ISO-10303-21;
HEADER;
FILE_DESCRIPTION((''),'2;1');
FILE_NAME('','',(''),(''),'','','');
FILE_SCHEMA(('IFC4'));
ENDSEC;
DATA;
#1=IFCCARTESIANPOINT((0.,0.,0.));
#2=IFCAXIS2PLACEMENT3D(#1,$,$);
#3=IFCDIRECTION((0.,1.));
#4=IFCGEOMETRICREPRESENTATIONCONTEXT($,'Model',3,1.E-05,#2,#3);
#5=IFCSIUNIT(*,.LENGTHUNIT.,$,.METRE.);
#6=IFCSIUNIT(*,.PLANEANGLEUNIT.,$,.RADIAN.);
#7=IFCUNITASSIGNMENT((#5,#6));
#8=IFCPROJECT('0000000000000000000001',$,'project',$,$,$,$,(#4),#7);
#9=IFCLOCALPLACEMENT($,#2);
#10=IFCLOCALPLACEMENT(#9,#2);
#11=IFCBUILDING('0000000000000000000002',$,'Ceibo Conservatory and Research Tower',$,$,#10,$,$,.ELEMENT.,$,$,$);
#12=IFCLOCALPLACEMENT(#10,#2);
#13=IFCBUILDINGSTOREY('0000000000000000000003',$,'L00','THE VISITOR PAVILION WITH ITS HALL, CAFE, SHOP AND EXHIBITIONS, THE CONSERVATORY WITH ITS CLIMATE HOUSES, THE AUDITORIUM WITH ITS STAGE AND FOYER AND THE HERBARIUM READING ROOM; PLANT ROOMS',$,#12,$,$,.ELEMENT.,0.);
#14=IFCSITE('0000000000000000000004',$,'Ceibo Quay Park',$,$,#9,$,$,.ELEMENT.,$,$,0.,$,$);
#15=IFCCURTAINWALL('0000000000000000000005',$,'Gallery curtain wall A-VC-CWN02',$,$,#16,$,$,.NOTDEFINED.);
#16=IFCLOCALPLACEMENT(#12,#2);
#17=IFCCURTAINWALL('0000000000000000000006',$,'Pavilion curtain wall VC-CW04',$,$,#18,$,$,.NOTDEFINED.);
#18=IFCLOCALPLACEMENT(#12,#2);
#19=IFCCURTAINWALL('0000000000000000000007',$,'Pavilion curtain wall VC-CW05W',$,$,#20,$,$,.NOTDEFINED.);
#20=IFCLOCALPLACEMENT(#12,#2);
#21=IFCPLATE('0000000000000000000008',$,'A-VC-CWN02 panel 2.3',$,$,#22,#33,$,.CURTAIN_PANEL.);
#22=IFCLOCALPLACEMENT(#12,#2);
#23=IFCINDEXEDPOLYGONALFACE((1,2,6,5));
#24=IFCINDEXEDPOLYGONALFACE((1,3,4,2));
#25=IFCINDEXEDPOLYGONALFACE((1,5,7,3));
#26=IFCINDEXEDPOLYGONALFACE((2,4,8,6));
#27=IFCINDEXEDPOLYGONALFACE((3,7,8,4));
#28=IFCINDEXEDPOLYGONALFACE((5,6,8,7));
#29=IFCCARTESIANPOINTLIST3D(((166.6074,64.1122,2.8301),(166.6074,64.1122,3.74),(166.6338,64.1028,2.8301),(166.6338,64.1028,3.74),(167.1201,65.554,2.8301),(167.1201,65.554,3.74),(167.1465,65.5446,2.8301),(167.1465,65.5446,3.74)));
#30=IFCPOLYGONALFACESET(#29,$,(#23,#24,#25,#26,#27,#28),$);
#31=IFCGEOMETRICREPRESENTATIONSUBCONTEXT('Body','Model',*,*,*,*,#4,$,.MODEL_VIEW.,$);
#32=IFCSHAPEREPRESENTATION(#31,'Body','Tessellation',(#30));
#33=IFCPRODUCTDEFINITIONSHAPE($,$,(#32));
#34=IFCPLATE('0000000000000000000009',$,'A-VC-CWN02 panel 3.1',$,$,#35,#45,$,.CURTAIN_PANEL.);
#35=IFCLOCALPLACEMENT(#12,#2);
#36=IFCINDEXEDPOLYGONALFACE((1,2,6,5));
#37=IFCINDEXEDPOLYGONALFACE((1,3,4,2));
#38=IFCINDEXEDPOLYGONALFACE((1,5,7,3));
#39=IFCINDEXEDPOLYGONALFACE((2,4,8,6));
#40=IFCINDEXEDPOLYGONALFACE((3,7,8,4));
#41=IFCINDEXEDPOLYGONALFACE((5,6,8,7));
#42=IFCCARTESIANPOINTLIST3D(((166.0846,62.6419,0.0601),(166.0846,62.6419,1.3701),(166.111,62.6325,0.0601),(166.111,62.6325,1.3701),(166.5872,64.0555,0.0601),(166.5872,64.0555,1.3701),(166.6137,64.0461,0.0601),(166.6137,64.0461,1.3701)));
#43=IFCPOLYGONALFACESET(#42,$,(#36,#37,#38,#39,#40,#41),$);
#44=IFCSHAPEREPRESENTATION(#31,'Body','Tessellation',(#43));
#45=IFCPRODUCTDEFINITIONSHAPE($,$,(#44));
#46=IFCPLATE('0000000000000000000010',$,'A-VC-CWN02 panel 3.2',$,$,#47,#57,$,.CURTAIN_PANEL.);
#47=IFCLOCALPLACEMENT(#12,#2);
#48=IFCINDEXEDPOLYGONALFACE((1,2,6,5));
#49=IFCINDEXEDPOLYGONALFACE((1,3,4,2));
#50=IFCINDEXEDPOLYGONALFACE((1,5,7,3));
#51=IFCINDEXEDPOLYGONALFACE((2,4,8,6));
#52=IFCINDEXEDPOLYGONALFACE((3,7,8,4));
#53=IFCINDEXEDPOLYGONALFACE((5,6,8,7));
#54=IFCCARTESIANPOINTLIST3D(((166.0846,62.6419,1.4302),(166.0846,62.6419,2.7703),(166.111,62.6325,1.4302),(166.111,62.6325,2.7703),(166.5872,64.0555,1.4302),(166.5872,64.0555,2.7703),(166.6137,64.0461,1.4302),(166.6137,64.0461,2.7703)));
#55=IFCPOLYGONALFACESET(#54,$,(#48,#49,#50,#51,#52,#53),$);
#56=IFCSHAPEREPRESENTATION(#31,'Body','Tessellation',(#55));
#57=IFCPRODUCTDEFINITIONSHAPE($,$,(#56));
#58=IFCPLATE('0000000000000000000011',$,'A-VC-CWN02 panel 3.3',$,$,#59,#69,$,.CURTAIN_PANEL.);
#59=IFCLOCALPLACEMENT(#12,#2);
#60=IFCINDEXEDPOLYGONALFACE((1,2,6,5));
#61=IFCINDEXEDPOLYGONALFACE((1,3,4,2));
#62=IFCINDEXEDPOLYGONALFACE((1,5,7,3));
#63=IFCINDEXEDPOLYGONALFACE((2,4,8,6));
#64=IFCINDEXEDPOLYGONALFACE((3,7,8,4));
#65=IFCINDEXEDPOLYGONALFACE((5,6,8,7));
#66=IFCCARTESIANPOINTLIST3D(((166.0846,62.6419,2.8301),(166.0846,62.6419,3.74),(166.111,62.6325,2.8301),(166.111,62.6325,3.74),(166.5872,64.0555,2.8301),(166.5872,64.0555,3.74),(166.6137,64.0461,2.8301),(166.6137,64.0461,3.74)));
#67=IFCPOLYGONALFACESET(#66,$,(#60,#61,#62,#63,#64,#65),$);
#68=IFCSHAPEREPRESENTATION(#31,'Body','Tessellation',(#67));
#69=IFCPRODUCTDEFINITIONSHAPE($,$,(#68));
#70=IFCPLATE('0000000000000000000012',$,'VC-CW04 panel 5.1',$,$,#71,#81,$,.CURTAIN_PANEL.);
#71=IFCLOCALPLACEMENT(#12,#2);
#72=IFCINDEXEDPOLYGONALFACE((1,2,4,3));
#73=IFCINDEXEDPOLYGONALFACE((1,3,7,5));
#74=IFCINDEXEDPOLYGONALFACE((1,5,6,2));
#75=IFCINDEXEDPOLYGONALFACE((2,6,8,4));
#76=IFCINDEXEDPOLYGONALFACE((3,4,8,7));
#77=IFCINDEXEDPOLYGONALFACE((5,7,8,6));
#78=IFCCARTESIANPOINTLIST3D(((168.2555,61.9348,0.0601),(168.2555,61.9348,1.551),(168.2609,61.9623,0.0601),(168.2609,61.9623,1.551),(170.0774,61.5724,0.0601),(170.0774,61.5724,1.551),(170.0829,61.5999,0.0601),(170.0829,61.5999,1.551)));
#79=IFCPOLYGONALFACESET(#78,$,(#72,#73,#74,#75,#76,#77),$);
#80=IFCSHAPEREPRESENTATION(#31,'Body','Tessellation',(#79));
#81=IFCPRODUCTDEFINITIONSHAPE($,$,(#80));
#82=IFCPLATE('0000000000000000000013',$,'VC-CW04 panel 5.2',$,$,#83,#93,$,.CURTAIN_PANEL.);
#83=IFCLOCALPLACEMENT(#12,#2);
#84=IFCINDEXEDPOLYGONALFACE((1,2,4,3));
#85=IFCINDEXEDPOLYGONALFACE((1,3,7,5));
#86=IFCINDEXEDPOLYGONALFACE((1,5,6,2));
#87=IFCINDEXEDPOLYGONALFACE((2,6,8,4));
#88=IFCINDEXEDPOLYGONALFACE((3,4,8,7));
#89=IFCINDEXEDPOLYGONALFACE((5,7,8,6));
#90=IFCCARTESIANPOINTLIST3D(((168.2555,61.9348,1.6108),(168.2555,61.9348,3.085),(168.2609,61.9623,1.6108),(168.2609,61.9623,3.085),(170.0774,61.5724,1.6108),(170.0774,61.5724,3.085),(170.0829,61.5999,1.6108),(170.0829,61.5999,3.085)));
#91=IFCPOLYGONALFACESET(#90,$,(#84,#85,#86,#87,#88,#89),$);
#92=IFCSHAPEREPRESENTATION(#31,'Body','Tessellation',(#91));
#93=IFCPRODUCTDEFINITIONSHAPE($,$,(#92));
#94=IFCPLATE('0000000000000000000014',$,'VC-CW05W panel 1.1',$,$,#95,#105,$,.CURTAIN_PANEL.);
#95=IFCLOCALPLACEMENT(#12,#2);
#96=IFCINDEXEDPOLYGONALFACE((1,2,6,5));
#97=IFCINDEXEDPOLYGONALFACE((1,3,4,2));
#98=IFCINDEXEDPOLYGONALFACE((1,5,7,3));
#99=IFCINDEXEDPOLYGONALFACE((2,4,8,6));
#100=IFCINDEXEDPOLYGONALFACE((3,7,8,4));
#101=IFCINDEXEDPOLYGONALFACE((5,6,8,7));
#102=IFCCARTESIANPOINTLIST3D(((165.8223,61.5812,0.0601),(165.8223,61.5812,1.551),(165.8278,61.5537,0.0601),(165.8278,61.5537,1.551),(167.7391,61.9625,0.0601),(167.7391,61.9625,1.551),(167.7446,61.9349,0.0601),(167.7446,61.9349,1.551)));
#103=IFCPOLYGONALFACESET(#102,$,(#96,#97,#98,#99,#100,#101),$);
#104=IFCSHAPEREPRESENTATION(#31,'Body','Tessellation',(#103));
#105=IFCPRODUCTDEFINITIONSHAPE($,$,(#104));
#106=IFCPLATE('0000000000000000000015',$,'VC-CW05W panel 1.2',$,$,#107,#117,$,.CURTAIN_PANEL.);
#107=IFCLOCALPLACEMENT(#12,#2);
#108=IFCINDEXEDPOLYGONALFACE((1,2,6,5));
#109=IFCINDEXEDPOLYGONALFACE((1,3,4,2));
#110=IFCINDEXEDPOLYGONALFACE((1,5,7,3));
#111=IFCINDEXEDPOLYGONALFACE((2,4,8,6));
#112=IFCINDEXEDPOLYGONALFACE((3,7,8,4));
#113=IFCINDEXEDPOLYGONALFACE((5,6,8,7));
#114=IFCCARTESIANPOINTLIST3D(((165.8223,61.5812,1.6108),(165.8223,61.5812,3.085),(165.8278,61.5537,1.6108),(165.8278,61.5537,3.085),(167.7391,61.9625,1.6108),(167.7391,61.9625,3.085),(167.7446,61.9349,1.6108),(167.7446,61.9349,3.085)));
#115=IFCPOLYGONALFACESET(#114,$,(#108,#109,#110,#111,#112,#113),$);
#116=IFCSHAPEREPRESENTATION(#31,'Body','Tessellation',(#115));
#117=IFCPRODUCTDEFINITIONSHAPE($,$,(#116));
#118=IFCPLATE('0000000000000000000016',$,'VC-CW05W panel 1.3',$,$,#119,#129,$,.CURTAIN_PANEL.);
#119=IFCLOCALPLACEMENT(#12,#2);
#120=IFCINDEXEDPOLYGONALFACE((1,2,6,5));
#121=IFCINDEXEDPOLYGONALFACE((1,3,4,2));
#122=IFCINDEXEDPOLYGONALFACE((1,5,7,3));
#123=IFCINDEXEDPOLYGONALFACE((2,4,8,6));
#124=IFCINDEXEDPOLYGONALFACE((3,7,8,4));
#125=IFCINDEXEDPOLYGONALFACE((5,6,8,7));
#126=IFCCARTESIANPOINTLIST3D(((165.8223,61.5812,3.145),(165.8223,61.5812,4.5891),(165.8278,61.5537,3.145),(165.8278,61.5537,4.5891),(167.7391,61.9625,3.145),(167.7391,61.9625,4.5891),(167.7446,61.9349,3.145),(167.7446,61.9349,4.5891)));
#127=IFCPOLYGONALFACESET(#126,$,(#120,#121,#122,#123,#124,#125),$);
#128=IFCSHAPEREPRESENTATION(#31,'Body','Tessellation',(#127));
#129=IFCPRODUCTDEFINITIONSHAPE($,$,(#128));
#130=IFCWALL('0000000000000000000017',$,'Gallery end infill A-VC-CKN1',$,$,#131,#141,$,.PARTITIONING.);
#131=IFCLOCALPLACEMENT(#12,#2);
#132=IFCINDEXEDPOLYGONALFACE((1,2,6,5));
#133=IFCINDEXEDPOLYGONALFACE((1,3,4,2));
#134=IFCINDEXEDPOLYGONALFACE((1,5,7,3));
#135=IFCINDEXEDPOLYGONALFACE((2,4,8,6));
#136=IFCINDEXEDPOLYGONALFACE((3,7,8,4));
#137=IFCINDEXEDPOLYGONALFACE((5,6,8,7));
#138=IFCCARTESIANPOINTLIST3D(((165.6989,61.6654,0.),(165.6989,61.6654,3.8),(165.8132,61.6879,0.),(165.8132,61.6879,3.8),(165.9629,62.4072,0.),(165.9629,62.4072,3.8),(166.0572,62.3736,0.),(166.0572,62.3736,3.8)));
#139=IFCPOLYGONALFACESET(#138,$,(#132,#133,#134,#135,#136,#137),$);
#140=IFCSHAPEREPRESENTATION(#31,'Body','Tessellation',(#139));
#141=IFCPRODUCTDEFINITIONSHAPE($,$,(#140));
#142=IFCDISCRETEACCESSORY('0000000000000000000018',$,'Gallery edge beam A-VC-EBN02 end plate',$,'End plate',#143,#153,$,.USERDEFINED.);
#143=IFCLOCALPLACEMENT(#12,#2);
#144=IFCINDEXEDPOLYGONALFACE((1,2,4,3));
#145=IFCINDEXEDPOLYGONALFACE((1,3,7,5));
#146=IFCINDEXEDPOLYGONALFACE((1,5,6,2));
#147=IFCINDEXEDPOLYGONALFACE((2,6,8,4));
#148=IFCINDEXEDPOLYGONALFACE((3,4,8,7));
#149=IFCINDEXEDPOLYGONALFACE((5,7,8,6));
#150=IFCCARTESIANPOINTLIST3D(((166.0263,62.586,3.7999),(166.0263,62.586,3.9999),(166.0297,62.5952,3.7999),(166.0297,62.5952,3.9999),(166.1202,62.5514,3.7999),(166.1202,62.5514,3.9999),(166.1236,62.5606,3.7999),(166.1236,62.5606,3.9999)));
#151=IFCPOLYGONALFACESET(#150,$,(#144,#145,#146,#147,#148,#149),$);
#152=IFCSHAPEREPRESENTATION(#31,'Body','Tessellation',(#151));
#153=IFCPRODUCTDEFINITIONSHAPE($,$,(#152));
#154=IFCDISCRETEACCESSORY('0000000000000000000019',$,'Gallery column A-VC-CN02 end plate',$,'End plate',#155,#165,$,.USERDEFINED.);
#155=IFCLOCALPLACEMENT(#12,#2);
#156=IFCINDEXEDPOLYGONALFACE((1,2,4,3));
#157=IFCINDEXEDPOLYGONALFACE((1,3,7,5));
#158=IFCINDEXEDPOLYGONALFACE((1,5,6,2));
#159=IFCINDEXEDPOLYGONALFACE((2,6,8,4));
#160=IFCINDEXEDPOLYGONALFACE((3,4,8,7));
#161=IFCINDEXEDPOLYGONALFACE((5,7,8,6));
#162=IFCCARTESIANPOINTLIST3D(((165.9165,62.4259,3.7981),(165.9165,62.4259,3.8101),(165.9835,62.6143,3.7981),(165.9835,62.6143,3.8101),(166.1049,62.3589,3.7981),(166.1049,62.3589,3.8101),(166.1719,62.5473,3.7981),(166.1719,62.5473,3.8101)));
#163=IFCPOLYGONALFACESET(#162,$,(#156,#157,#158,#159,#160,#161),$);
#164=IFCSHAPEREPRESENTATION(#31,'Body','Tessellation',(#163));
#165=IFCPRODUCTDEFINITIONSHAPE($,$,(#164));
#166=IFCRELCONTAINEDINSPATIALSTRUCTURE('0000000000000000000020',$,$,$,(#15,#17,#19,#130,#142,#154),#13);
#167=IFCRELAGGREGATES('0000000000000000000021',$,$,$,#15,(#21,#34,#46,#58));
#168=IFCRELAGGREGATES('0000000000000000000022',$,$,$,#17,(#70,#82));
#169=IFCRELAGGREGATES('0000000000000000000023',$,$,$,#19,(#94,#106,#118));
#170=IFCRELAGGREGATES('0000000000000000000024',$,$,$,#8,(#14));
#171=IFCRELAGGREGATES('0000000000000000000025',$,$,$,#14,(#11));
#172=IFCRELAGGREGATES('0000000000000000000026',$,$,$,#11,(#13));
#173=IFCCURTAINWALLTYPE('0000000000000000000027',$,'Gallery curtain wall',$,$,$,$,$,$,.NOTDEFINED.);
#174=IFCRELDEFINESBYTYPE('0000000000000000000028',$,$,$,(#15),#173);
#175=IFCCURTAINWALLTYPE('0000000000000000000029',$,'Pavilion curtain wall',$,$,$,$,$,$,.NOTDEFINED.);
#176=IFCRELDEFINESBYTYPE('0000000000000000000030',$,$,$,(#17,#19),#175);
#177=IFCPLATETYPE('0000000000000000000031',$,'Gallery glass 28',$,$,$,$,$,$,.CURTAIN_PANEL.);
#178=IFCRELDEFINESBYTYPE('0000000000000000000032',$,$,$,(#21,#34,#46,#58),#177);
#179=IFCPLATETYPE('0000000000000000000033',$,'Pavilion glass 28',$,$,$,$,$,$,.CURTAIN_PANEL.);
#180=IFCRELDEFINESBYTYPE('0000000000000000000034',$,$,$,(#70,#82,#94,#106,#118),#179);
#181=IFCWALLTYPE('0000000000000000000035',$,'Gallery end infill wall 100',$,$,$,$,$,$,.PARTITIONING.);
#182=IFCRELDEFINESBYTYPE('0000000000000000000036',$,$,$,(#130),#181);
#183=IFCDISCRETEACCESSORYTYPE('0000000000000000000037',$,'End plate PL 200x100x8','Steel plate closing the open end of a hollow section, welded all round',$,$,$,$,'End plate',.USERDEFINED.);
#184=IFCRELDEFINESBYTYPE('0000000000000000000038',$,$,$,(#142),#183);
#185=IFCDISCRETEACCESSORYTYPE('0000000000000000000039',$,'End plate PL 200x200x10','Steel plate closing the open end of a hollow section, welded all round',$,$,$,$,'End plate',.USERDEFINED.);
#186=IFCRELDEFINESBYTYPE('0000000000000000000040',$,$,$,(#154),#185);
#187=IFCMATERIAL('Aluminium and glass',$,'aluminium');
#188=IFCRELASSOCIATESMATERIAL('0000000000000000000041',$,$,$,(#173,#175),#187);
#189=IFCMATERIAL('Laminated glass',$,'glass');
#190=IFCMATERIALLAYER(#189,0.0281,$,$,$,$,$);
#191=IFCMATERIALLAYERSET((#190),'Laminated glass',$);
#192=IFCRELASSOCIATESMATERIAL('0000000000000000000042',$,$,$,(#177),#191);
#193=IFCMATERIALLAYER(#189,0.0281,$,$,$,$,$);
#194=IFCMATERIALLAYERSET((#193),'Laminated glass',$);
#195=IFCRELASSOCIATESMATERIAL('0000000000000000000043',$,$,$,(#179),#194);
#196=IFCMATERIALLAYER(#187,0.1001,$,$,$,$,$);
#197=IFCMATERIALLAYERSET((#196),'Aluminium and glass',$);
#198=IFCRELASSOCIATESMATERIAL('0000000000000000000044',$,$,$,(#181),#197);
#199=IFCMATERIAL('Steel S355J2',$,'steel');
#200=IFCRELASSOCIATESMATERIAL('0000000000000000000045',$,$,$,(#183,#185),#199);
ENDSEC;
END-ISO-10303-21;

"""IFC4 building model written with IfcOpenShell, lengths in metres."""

from ifc_helpers import new_model, si_unit, direction, frame, origin, origin_2d, place, context, subcontext, project, spatial, polyline, rectangle, outline, extrude, material, layer, layer_set, material_profile, profile_set, type_object, element, aggregate, save


model = new_model("IFC4")

# Units and contexts
model_context = context("Model", 3, precision=1e-05, world=origin(), true_north=direction((0.0, 1.0)))
body_context = subcontext(model_context, "Body", "Model", "MODEL_VIEW")
ifc_project = project(units=[si_unit("LENGTHUNIT", "METRE"), si_unit("PLANEANGLEUNIT", "RADIAN")], contexts=[model_context])

# Site, building, storey
site_placement = place(None, origin())
site = spatial("IfcSite", under=ifc_project, at=site_placement, Name="Ceibo Quay Park", CompositionType="ELEMENT", RefElevation=0.0)
building_placement = place(site_placement, origin())
building = spatial("IfcBuilding", under=site, at=building_placement, Name="Ceibo Conservatory and Research Tower", CompositionType="ELEMENT")
storey_placement = place(building_placement, origin())
storey = spatial("IfcBuildingStorey", under=building, at=storey_placement, Name="L00", Description="THE VISITOR PAVILION WITH ITS HALL, CAFE, SHOP AND EXHIBITIONS, THE CONSERVATORY WITH ITS CLIMATE HOUSES, THE AUDITORIUM WITH ITS STAGE AND FOYER AND THE HERBARIUM READING ROOM; PLANT ROOMS", CompositionType="ELEMENT", Elevation=0.0)

# Curtain wall
ifc_material_1 = material(Name="Aluminium and glass", Category="aluminium")
curtain_wall_type_1 = type_object("IfcCurtainWallType", Name="Gallery curtain wall", PredefinedType="NOTDEFINED", material=ifc_material_1)
curtain_wall_1_placement = place(storey_placement, origin())
curtain_wall_1 = element("IfcCurtainWall", 1, at=curtain_wall_1_placement, inside=storey, type_object=curtain_wall_type_1, Name="Gallery curtain wall A-VC-CWN02", PredefinedType="NOTDEFINED")

# Shared definitions
ifc_material_2 = material(Name="Steel S355J2", Category="steel")

# Curtain wall
curtain_wall_type_2 = type_object("IfcCurtainWallType", Name="Pavilion curtain wall", PredefinedType="NOTDEFINED", material=ifc_material_1)
curtain_wall_2_placement = place(storey_placement, origin())
curtain_wall_2 = element("IfcCurtainWall", 2, at=curtain_wall_2_placement, inside=storey, type_object=curtain_wall_type_2, Name="Pavilion curtain wall VC-CW04", PredefinedType="NOTDEFINED")

# Curtain wall
curtain_wall_3_placement = place(storey_placement, origin())
curtain_wall_3 = element("IfcCurtainWall", 3, at=curtain_wall_3_placement, inside=storey, type_object=curtain_wall_type_2, Name="Pavilion curtain wall VC-CW05W", PredefinedType="NOTDEFINED")

# Plates
ifc_material_3 = material(Name="Laminated glass", Category="glass")
ifc_layer_1 = layer(ifc_material_3, 0.0281)
ifc_layer_set_1 = layer_set([ifc_layer_1], Name="Laminated glass")
plate_type_1 = type_object("IfcPlateType", Name="Gallery glass 28", PredefinedType="CURTAIN_PANEL", material=ifc_layer_set_1)
plate_1_placement = place(storey_placement, frame((166.877, 64.8284, 2.8301), z_axis=(0.0, 0.0, 1.0), x_axis=(-0.33504, -0.942204, 0.0)))
plate_1 = element("IfcPlate", 4, at=plate_1_placement, type_object=plate_type_1, Name="A-VC-CWN02 panel 2.3", PredefinedType="CURTAIN_PANEL", context=body_context, shape_type="SweptSolid", body=[
    extrude(rectangle(XDim=1.5303, YDim=0.0281, at=origin_2d()), origin(), (0.0, 0.0, 1.0), 0.9099),
])
plate_2_placement = place(storey_placement, frame((166.3491, 63.344, 0.0601), z_axis=(0.0, 0.0, 1.0), x_axis=(-0.33504, -0.942204, 0.0)))
plate_2 = element("IfcPlate", 5, at=plate_2_placement, type_object=plate_type_1, Name="A-VC-CWN02 panel 3.1", PredefinedType="CURTAIN_PANEL", context=body_context, shape_type="SweptSolid", body=[
    extrude(rectangle(XDim=1.5002, YDim=0.0281, at=origin_2d()), origin(), (0.0, 0.0, 1.0), 1.3101),
])
plate_3_placement = place(storey_placement, frame((166.3491, 63.344, 1.4302), z_axis=(0.0, 0.0, 1.0), x_axis=(-0.33504, -0.942204, 0.0)))
plate_3 = element("IfcPlate", 6, at=plate_3_placement, type_object=plate_type_1, Name="A-VC-CWN02 panel 3.2", PredefinedType="CURTAIN_PANEL", context=body_context, shape_type="SweptSolid", body=[
    extrude(rectangle(XDim=1.5002, YDim=0.0281, at=origin_2d()), origin(), (0.0, 0.0, 1.0), 1.3401),
])
plate_4_placement = place(storey_placement, frame((166.3491, 63.344, 2.8301), z_axis=(0.0, 0.0, 1.0), x_axis=(-0.33504, -0.942204, 0.0)))
plate_4 = element("IfcPlate", 7, at=plate_4_placement, type_object=plate_type_1, Name="A-VC-CWN02 panel 3.3", PredefinedType="CURTAIN_PANEL", context=body_context, shape_type="SweptSolid", body=[
    extrude(rectangle(XDim=1.5002, YDim=0.0281, at=origin_2d()), origin(), (0.0, 0.0, 1.0), 0.9099),
])
aggregate(curtain_wall_1, [plate_1, plate_2, plate_3, plate_4])
ifc_layer_2 = layer(ifc_material_3, 0.0281)
ifc_layer_set_2 = layer_set([ifc_layer_2], Name="Laminated glass")
plate_type_2 = type_object("IfcPlateType", Name="Pavilion glass 28", PredefinedType="CURTAIN_PANEL", material=ifc_layer_set_2)
plate_5_placement = place(storey_placement, frame((169.1692, 61.7673, 0.0601), z_axis=(0.0, 0.0, 1.0), x_axis=(-0.980785, 0.19509, 0.0)))
plate_5 = element("IfcPlate", 8, at=plate_5_placement, type_object=plate_type_2, Name="VC-CW04 panel 5.1", PredefinedType="CURTAIN_PANEL", context=body_context, shape_type="SweptSolid", body=[
    extrude(rectangle(XDim=1.8577, YDim=0.0281, at=origin_2d()), origin(), (0.0, 0.0, 1.0), 1.491),
])
plate_6_placement = place(storey_placement, frame((169.1692, 61.7673, 1.6108), z_axis=(0.0, 0.0, 1.0), x_axis=(-0.980785, 0.19509, 0.0)))
plate_6 = element("IfcPlate", 9, at=plate_6_placement, type_object=plate_type_2, Name="VC-CW04 panel 5.2", PredefinedType="CURTAIN_PANEL", context=body_context, shape_type="SweptSolid", body=[
    extrude(rectangle(XDim=1.8577, YDim=0.0281, at=origin_2d()), origin(), (0.0, 0.0, 1.0), 1.4741),
])
aggregate(curtain_wall_2, [plate_5, plate_6])
plate_7_placement = place(storey_placement, frame((166.7834, 61.7581, 0.0601), z_axis=(0.0, 0.0, 1.0), x_axis=(-0.980785, -0.19509, 0.0)))
plate_7 = element("IfcPlate", 10, at=plate_7_placement, type_object=plate_type_2, Name="VC-CW05W panel 1.1", PredefinedType="CURTAIN_PANEL", context=body_context, shape_type="SweptSolid", body=[
    extrude(rectangle(XDim=1.9543, YDim=0.0281, at=origin_2d()), origin(), (0.0, 0.0, 1.0), 1.491),
])
plate_8_placement = place(storey_placement, frame((166.7834, 61.7581, 1.6108), z_axis=(0.0, 0.0, 1.0), x_axis=(-0.980785, -0.19509, 0.0)))
plate_8 = element("IfcPlate", 11, at=plate_8_placement, type_object=plate_type_2, Name="VC-CW05W panel 1.2", PredefinedType="CURTAIN_PANEL", context=body_context, shape_type="SweptSolid", body=[
    extrude(rectangle(XDim=1.9543, YDim=0.0281, at=origin_2d()), origin(), (0.0, 0.0, 1.0), 1.4741),
])
plate_9_placement = place(storey_placement, frame((166.7834, 61.7581, 3.145), z_axis=(0.0, 0.0, 1.0), x_axis=(-0.980785, -0.19509, 0.0)))
plate_9 = element("IfcPlate", 12, at=plate_9_placement, type_object=plate_type_2, Name="VC-CW05W panel 1.3", PredefinedType="CURTAIN_PANEL", context=body_context, shape_type="SweptSolid", body=[
    extrude(rectangle(XDim=1.9543, YDim=0.0281, at=origin_2d()), origin(), (0.0, 0.0, 1.0), 1.4441),
])
aggregate(curtain_wall_3, [plate_7, plate_8, plate_9])

# Wall
ifc_layer_3 = layer(ifc_material_1, 0.1001)
ifc_layer_set_3 = layer_set([ifc_layer_3], Name="Aluminium and glass")
wall_type = type_object("IfcWallType", Name="Gallery end infill wall 100", PredefinedType="PARTITIONING", material=ifc_layer_set_3)
wall_placement = place(storey_placement, frame((166.01, 62.3904, 0.0), z_axis=(0.0, 0.0, 1.0), x_axis=(-0.335213, -0.942142, 0.0)))
element("IfcWall", 13, at=wall_placement, inside=storey, type_object=wall_type, Name="Gallery end infill A-VC-CKN1", PredefinedType="PARTITIONING", context=body_context, shape_type="SweptSolid", body=[
    extrude(outline(polyline([(0.0, -0.05), (0.7874, -0.05), (0.7278, 0.05), (0.0, 0.05), (0.0, -0.05)])), origin(), (0.0, 0.0, 1.0), 3.8),
])

# Discrete accessories
ifc_material_profile_1 = material_profile(ifc_material_2, rectangle(XDim=0.1001, YDim=0.2, at=origin_2d()), Name="End plate PL 200x100x8")
ifc_profile_set_1 = profile_set([ifc_material_profile_1], Name="Steel S355J2")
discrete_accessory_type_1 = type_object("IfcDiscreteAccessoryType", Name="End plate PL 200x100x8", Description="Steel plate closing the open end of a hollow section, welded all round", ElementType="End plate", PredefinedType="USERDEFINED", material=ifc_profile_set_1)
discrete_accessory_1_placement = place(storey_placement, frame((166.0767, 62.5779, 3.8999), z_axis=(-0.345705, -0.938343, 0.0), x_axis=(0.938343, -0.345705, 0.0)))
element("IfcDiscreteAccessory", 14, at=discrete_accessory_1_placement, inside=storey, type_object=discrete_accessory_type_1, Name="Gallery edge beam A-VC-EBN02 end plate", ObjectType="End plate", PredefinedType="USERDEFINED", context=body_context, shape_type="SweptSolid", body=[
    extrude(rectangle(XDim=0.1001, YDim=0.2, at=origin_2d()), origin(), (0.0, 0.0, 1.0), 0.0098),
])
ifc_material_profile_2 = material_profile(ifc_material_2, rectangle(XDim=0.2, YDim=0.2, at=origin_2d()), Name="End plate PL 200x200x10")
ifc_profile_set_2 = profile_set([ifc_material_profile_2], Name="Steel S355J2")
discrete_accessory_type_2 = type_object("IfcDiscreteAccessoryType", Name="End plate PL 200x200x10", Description="Steel plate closing the open end of a hollow section, welded all round", ElementType="End plate", PredefinedType="USERDEFINED", material=ifc_profile_set_2)
discrete_accessory_2_placement = place(storey_placement, frame((166.0442, 62.4866, 3.7981), z_axis=(0.0, 0.0, 1.0), x_axis=(-0.33504, -0.942204, 0.0)))
element("IfcDiscreteAccessory", 15, at=discrete_accessory_2_placement, inside=storey, type_object=discrete_accessory_type_2, Name="Gallery column A-VC-CN02 end plate", ObjectType="End plate", PredefinedType="USERDEFINED", context=body_context, shape_type="SweptSolid", body=[
    extrude(rectangle(XDim=0.2, YDim=0.2, at=origin_2d()), origin(), (0.0, 0.0, 1.0), 0.012),
])

save(model, "model.ifc")
